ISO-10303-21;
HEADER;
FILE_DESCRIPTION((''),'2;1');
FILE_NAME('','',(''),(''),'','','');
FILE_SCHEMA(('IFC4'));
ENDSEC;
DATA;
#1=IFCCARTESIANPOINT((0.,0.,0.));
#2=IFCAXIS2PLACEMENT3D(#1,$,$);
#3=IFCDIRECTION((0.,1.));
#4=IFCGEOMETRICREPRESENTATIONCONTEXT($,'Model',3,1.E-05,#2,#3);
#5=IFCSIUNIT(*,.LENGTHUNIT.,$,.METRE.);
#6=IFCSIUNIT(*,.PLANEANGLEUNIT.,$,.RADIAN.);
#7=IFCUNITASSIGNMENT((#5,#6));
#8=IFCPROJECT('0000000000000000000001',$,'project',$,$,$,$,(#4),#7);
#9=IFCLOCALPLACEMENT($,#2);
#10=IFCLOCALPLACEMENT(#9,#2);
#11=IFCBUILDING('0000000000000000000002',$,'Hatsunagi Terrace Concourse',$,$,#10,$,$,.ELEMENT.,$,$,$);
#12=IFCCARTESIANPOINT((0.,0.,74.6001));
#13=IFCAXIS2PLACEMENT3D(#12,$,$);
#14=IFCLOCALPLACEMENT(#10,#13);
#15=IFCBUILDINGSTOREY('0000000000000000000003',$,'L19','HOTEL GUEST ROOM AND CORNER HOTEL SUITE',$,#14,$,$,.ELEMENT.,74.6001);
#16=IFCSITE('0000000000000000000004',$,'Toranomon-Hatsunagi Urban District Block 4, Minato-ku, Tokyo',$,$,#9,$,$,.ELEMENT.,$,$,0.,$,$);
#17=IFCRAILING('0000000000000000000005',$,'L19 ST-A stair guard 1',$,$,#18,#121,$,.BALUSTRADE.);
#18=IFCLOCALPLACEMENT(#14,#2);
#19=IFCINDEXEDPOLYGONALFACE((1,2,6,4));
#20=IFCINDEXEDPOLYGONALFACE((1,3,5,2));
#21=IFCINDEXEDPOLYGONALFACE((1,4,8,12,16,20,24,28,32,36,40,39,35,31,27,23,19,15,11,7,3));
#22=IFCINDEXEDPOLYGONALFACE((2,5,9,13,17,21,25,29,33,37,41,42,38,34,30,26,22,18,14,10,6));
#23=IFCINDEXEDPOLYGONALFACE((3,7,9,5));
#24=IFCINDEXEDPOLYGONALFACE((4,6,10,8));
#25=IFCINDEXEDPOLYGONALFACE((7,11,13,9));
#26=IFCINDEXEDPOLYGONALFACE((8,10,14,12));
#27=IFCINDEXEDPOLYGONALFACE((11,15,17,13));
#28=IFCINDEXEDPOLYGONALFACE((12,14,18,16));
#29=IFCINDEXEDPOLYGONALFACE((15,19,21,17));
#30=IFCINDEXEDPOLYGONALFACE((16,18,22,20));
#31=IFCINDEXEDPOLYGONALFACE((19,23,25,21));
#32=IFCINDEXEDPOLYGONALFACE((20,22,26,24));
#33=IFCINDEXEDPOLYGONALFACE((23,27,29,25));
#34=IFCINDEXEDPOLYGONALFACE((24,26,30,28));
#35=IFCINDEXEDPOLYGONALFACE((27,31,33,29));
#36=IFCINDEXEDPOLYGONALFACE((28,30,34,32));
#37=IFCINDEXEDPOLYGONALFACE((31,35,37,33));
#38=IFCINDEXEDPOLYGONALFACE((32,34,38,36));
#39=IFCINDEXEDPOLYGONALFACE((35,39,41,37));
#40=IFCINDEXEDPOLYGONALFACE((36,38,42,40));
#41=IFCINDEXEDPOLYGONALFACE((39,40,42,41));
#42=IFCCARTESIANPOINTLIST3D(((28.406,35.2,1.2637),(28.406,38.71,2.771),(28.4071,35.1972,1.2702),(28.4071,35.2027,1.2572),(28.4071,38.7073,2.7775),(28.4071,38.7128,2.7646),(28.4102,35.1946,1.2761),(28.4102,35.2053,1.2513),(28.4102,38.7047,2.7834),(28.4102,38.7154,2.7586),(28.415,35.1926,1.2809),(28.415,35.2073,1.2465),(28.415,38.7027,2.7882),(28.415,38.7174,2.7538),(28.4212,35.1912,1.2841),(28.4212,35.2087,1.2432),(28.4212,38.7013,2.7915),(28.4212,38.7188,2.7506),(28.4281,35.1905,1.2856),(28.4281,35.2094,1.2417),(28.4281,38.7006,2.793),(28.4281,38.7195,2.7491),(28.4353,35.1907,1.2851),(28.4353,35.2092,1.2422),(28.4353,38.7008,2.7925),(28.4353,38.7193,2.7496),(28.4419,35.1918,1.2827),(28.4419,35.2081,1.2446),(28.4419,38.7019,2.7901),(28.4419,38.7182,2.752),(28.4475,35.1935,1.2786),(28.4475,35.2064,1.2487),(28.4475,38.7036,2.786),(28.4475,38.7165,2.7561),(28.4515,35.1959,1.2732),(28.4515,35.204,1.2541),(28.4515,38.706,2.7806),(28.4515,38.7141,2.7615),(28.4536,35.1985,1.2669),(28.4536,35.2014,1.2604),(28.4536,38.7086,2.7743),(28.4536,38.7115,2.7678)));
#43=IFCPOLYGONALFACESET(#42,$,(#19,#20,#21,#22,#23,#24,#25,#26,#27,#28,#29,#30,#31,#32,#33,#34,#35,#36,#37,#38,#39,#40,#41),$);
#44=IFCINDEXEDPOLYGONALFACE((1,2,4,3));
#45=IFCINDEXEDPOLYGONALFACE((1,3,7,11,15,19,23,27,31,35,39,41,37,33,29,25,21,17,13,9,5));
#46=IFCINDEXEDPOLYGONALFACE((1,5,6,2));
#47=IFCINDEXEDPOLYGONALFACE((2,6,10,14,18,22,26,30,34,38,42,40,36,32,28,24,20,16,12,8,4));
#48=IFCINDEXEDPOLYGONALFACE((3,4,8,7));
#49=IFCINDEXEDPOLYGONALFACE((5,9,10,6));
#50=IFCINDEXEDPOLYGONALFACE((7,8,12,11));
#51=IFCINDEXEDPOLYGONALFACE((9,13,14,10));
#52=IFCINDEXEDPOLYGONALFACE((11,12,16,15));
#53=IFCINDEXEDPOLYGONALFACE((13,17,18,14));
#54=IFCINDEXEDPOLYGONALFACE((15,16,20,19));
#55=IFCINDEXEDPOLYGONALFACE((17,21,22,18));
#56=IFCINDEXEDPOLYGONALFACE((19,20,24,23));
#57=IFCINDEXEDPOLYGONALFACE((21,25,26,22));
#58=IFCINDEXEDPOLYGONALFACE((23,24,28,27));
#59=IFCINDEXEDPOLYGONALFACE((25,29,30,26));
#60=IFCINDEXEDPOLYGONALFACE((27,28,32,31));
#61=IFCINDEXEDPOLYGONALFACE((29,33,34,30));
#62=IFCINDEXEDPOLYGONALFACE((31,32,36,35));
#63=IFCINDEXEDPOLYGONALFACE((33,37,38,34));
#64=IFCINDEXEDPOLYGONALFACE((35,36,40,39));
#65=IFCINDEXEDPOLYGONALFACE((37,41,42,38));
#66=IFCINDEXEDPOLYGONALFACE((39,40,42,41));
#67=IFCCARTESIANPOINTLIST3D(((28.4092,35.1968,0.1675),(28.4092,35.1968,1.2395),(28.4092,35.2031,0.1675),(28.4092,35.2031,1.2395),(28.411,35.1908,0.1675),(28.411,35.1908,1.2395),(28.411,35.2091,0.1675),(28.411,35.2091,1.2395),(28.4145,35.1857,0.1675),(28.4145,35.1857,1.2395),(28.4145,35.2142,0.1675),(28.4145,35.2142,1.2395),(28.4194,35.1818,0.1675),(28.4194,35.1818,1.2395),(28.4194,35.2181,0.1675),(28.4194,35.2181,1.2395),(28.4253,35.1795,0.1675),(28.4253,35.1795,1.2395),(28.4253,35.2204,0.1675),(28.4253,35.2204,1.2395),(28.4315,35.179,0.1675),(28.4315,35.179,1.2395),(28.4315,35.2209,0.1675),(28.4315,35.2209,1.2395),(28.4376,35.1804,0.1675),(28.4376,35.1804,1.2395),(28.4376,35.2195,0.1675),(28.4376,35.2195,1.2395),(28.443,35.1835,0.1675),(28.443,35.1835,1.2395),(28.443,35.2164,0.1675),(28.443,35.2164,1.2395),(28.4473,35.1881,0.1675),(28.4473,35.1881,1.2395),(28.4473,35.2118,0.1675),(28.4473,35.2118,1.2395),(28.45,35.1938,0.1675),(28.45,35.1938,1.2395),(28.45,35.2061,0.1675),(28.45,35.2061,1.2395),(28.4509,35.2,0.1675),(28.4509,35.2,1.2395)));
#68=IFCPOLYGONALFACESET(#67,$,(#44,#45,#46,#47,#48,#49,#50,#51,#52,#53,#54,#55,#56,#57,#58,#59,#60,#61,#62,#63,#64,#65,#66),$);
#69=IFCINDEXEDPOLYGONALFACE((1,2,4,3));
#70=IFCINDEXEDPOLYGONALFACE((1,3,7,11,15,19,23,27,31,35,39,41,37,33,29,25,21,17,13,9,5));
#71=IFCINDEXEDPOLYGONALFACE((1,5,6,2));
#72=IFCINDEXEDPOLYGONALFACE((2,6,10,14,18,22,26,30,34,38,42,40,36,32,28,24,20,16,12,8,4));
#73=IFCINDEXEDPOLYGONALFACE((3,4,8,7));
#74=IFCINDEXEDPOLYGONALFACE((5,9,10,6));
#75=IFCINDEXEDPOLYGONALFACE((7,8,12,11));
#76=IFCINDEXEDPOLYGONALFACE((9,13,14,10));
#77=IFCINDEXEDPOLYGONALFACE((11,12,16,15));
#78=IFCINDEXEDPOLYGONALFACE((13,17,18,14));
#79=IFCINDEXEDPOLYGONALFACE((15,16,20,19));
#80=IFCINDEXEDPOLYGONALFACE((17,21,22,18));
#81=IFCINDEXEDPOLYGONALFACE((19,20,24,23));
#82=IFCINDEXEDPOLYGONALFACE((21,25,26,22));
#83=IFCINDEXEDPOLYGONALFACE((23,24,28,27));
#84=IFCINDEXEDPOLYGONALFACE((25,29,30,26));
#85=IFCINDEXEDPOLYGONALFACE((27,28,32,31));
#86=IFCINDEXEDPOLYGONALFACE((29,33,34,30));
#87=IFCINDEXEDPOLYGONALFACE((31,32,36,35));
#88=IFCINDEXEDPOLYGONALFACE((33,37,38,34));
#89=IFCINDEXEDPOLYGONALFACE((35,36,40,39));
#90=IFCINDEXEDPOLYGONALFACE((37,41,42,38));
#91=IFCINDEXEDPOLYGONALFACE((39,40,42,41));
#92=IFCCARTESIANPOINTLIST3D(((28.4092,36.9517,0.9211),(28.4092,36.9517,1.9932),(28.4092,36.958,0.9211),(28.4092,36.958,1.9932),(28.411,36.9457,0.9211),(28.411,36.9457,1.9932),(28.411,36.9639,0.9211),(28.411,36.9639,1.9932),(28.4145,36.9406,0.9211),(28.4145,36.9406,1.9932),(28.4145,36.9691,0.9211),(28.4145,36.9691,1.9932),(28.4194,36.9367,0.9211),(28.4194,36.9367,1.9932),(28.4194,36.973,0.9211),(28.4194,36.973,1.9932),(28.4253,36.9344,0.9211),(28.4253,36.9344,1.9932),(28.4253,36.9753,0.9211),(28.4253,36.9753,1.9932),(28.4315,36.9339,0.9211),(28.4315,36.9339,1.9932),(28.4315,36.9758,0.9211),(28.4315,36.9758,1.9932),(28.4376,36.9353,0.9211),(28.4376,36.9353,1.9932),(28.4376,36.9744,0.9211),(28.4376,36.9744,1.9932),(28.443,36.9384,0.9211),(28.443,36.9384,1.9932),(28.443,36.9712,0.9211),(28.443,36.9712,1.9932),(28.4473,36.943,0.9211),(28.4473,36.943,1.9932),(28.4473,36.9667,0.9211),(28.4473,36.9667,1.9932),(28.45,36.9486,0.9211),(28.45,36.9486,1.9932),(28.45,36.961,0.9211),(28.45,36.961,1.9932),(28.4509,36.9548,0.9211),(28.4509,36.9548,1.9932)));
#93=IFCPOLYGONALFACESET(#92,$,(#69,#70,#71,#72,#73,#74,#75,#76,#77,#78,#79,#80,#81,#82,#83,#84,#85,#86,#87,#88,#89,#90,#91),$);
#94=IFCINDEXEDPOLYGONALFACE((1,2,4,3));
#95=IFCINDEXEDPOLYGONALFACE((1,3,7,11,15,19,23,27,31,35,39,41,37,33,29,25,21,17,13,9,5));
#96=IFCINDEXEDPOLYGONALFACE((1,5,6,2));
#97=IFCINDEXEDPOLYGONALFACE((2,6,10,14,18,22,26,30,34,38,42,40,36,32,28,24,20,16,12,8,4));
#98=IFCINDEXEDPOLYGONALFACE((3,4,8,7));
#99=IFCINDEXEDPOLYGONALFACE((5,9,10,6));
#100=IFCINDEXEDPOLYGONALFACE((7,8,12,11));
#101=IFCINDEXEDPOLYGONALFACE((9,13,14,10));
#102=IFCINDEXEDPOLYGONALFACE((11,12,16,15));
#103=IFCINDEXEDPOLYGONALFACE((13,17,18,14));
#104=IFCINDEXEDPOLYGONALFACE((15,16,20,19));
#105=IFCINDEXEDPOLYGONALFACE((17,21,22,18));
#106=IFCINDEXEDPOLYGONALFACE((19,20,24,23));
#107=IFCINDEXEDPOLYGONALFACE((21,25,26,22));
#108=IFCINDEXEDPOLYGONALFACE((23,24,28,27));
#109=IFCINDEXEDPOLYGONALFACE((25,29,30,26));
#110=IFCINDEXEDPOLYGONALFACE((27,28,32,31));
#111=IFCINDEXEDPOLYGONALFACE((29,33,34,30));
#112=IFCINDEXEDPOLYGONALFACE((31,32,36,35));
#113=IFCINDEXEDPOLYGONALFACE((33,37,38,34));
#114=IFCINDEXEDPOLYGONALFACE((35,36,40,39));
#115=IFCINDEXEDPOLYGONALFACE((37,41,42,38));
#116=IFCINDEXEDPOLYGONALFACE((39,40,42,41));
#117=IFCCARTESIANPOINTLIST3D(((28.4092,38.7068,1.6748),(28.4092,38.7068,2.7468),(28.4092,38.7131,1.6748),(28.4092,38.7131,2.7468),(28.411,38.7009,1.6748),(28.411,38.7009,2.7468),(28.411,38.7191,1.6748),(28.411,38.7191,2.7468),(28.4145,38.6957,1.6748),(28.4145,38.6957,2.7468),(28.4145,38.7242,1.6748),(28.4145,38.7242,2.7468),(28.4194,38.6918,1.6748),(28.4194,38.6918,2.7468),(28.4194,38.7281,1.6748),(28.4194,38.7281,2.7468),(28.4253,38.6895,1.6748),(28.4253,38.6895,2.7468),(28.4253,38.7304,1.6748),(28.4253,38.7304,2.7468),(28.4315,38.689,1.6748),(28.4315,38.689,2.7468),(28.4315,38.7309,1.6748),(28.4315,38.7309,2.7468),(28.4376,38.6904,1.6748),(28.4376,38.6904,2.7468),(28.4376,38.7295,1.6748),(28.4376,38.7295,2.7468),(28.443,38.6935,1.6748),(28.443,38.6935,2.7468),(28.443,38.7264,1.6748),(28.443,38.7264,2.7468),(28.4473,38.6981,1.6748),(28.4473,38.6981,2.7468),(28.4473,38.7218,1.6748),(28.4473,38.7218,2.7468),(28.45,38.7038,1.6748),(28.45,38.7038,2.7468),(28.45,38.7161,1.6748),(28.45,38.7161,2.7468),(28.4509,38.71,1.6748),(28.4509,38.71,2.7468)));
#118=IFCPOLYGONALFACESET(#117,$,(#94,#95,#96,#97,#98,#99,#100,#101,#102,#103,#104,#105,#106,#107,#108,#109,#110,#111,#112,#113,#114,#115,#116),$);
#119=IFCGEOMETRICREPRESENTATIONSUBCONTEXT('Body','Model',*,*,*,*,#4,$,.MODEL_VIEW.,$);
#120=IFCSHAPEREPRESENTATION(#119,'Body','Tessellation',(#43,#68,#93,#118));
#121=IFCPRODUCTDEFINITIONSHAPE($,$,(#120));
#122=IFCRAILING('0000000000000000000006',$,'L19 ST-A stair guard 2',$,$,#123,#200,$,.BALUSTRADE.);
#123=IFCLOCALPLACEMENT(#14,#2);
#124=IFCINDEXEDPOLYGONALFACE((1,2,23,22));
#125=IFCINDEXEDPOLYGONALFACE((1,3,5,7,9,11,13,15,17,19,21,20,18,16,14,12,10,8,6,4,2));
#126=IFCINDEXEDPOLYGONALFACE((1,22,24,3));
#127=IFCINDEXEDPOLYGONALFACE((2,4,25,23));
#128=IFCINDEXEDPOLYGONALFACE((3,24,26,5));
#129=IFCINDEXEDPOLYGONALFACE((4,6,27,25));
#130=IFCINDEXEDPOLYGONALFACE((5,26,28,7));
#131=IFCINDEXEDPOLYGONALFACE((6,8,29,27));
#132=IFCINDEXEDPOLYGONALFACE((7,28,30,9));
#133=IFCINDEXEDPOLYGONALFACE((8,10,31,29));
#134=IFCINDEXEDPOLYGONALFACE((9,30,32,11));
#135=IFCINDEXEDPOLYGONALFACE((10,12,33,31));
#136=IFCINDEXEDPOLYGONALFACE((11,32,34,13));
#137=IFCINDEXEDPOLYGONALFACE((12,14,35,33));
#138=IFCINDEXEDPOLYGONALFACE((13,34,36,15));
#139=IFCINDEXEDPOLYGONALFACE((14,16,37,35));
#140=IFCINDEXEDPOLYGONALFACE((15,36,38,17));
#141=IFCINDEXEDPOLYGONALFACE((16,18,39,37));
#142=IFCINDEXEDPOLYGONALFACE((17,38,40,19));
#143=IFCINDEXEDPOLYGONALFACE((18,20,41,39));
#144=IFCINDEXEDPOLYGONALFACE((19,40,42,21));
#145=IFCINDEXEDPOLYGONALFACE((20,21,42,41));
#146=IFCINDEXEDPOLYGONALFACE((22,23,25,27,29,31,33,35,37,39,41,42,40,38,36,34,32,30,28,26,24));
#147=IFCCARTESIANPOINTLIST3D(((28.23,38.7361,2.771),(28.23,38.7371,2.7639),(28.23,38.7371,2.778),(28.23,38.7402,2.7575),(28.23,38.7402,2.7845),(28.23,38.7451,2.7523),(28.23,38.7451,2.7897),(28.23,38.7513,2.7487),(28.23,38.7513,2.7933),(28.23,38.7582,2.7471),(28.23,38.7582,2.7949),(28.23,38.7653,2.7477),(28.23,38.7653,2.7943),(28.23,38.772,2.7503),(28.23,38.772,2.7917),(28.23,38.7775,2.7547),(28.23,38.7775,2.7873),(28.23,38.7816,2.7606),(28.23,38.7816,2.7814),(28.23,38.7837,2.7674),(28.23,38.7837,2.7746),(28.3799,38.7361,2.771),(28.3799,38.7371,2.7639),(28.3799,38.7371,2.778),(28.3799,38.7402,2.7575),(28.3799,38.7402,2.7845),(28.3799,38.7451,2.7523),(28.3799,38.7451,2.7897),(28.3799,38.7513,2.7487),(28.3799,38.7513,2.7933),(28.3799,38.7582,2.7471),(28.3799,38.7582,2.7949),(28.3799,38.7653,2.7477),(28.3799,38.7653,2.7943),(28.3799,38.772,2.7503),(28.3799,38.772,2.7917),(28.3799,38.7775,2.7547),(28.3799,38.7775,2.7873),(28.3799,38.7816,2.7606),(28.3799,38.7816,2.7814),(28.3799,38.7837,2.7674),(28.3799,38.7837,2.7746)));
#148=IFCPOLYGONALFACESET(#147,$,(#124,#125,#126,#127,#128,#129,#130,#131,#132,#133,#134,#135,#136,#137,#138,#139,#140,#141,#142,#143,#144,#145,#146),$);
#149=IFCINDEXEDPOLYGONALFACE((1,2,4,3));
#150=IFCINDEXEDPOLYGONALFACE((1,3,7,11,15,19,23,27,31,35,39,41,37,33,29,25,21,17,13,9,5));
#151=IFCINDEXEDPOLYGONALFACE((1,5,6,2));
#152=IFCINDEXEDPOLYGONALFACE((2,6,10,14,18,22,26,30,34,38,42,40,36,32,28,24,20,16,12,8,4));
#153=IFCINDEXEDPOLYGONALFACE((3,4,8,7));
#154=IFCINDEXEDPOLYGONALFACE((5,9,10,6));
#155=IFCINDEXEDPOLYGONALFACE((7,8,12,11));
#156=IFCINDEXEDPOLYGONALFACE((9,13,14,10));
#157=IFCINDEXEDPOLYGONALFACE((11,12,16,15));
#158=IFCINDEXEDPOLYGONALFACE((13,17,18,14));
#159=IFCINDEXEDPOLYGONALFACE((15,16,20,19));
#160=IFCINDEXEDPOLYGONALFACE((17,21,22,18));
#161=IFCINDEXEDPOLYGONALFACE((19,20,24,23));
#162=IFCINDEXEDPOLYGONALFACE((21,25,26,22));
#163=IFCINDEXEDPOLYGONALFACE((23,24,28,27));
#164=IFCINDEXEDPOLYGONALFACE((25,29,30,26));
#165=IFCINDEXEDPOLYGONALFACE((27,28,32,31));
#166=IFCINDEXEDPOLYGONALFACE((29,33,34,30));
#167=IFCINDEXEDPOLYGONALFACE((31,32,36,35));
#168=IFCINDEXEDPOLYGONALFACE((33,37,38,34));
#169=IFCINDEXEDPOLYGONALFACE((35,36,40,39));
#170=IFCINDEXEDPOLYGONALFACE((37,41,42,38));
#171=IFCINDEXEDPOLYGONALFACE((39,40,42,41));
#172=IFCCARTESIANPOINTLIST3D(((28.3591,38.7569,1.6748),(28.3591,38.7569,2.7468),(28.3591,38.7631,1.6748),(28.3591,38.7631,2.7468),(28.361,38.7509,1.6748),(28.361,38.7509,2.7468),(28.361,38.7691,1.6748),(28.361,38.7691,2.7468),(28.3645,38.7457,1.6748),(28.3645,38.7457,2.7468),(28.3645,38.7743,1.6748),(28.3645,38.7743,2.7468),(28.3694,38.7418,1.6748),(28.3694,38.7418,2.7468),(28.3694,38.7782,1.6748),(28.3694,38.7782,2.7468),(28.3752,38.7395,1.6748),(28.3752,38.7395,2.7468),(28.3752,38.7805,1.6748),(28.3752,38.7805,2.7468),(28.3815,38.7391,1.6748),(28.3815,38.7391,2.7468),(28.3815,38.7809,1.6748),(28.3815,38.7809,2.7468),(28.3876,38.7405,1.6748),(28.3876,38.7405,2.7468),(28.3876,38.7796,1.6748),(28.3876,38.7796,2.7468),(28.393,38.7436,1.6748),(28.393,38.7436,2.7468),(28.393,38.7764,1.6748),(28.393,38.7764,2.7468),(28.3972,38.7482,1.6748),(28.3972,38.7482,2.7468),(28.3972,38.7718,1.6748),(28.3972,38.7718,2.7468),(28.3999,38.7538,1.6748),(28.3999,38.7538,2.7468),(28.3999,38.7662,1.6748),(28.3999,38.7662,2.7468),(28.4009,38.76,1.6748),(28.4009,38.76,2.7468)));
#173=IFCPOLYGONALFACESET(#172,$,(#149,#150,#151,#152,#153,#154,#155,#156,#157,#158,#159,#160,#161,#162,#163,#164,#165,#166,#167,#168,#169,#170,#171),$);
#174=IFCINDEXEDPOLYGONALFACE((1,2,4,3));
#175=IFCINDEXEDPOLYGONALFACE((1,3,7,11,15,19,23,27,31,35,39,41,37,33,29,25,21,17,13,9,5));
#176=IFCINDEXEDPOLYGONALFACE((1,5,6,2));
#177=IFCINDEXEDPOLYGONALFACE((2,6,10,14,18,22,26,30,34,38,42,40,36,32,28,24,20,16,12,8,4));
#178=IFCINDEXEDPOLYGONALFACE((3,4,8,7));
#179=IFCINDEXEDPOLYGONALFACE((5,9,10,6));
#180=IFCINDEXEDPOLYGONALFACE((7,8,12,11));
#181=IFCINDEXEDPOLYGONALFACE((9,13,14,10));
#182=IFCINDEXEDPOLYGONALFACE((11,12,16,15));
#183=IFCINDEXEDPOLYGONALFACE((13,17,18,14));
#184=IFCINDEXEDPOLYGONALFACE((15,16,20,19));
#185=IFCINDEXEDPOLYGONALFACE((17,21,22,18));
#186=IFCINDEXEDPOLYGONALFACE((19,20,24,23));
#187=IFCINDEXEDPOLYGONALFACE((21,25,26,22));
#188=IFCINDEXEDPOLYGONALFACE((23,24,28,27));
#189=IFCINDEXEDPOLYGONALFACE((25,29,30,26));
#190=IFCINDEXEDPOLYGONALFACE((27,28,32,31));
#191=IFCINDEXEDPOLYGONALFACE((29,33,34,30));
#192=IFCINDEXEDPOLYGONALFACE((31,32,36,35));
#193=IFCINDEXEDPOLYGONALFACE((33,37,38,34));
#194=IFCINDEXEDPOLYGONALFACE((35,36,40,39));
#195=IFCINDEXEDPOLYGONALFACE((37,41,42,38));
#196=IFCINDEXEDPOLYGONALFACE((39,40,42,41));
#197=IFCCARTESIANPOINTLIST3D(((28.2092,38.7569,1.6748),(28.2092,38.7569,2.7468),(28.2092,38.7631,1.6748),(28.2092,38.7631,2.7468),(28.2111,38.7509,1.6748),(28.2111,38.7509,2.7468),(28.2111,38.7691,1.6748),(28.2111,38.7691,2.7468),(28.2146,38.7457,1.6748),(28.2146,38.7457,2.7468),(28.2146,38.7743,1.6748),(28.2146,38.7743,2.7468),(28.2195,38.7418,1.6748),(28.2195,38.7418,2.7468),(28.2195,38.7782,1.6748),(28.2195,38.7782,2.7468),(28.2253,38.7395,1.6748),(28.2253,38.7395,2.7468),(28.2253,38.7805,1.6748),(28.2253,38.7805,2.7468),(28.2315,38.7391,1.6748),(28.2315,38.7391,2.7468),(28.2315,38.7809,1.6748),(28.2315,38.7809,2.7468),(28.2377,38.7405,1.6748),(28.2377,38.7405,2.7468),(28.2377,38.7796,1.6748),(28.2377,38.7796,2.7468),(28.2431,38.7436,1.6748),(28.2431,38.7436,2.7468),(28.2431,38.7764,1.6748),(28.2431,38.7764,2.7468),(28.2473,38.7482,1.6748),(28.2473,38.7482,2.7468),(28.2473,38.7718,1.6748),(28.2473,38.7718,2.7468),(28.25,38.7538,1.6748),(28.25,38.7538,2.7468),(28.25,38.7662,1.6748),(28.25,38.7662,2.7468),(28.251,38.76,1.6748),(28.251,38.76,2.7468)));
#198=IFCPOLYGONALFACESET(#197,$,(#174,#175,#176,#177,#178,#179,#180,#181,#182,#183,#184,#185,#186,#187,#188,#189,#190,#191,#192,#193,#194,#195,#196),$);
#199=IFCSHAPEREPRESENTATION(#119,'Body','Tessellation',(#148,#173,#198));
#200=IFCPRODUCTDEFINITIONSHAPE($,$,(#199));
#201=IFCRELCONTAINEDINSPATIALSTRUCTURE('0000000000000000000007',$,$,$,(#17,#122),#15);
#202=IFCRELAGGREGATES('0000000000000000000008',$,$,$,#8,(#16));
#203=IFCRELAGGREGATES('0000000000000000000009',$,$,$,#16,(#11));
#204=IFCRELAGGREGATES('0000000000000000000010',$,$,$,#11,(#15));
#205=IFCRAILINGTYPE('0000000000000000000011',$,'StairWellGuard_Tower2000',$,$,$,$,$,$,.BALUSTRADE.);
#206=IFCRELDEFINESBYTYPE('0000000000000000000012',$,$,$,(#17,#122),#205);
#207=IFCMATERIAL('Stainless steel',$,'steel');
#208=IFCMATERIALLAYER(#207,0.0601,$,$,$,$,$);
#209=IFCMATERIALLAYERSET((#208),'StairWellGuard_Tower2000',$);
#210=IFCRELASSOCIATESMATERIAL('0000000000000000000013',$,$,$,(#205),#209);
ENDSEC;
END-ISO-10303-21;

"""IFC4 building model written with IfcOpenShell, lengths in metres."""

from ifc_helpers import new_model, si_unit, direction, frame, origin, origin_2d, place, context, subcontext, project, spatial, circle, extrude, material, layer, layer_set, type_object, element, save


model = new_model("IFC4")

# Units and contexts
model_context = context("Model", 3, precision=1e-05, world=origin(), true_north=direction((0.0, 1.0)))
body_context = subcontext(model_context, "Body", "Model", "MODEL_VIEW")
ifc_project = project(units=[si_unit("LENGTHUNIT", "METRE"), si_unit("PLANEANGLEUNIT", "RADIAN")], contexts=[model_context])

# Site, building, storey
site_placement = place(None, origin())
site = spatial("IfcSite", under=ifc_project, at=site_placement, Name="Toranomon-Hatsunagi Urban District Block 4, Minato-ku, Tokyo", CompositionType="ELEMENT", RefElevation=0.0)
building_placement = place(site_placement, origin())
building = spatial("IfcBuilding", under=site, at=building_placement, Name="Hatsunagi Terrace Concourse", CompositionType="ELEMENT")
storey_placement = place(building_placement, frame((0.0, 0.0, 74.6001)))
storey = spatial("IfcBuildingStorey", under=building, at=storey_placement, Name="L19", Description="HOTEL GUEST ROOM AND CORNER HOTEL SUITE", CompositionType="ELEMENT", Elevation=74.6001)

# Railings
ifc_material_1 = material(Name="Stainless steel", Category="steel")
ifc_layer_1 = layer(ifc_material_1, 0.0601)
ifc_layer_set_1 = layer_set([ifc_layer_1], Name="StairWellGuard_Tower2000")
railing_type_1 = type_object("IfcRailingType", Name="StairWellGuard_Tower2000", PredefinedType="BALUSTRADE", material=ifc_layer_set_1)
railing_1_placement = place(storey_placement, frame((28.4299, 35.2, 0.1675)))
element("IfcRailing", 1, at=railing_1_placement, inside=storey, type_object=railing_type_1, Name="L19 ST-A stair guard 1", PredefinedType="BALUSTRADE", context=body_context, shape_type="SweptSolid", body=[
    extrude(circle(Radius=0.0239, at=origin_2d()), frame((0.0, 0.0, 1.0962), z_axis=(0.0, 0.918857, 0.39459), x_axis=(-1.0, 0.0, 0.0)), (0.0, 0.0, 1.0), 3.8201),
    extrude(circle(Radius=0.021, at=origin_2d()), origin(), (0.0, 0.0, 1.0), 1.072),
    extrude(circle(Radius=0.021, at=origin_2d()), frame((0.0, 1.7549, 0.7537)), (0.0, 0.0, 1.0), 1.072),
    extrude(circle(Radius=0.021, at=origin_2d()), frame((0.0, 3.51, 1.5073)), (0.0, 0.0, 1.0), 1.072),
])
railing_2_placement = place(storey_placement, frame((28.3799, 38.76, 1.6748)))
element("IfcRailing", 2, at=railing_2_placement, inside=storey, type_object=railing_type_1, Name="L19 ST-A stair guard 2", PredefinedType="BALUSTRADE", context=body_context, shape_type="SweptSolid", body=[
    extrude(circle(Radius=0.0239, at=origin_2d()), frame((0.0, 0.0, 1.0962), z_axis=(-1.0, 0.0, 0.0), x_axis=(0.0, -1.0, 0.0)), (0.0, 0.0, 1.0), 0.1499),
    extrude(circle(Radius=0.021, at=origin_2d()), origin(), (0.0, 0.0, 1.0), 1.072),
    extrude(circle(Radius=0.021, at=origin_2d()), frame((-0.1499, 0.0, 0.0)), (0.0, 0.0, 1.0), 1.072),
])

save(model, "model.ifc")
